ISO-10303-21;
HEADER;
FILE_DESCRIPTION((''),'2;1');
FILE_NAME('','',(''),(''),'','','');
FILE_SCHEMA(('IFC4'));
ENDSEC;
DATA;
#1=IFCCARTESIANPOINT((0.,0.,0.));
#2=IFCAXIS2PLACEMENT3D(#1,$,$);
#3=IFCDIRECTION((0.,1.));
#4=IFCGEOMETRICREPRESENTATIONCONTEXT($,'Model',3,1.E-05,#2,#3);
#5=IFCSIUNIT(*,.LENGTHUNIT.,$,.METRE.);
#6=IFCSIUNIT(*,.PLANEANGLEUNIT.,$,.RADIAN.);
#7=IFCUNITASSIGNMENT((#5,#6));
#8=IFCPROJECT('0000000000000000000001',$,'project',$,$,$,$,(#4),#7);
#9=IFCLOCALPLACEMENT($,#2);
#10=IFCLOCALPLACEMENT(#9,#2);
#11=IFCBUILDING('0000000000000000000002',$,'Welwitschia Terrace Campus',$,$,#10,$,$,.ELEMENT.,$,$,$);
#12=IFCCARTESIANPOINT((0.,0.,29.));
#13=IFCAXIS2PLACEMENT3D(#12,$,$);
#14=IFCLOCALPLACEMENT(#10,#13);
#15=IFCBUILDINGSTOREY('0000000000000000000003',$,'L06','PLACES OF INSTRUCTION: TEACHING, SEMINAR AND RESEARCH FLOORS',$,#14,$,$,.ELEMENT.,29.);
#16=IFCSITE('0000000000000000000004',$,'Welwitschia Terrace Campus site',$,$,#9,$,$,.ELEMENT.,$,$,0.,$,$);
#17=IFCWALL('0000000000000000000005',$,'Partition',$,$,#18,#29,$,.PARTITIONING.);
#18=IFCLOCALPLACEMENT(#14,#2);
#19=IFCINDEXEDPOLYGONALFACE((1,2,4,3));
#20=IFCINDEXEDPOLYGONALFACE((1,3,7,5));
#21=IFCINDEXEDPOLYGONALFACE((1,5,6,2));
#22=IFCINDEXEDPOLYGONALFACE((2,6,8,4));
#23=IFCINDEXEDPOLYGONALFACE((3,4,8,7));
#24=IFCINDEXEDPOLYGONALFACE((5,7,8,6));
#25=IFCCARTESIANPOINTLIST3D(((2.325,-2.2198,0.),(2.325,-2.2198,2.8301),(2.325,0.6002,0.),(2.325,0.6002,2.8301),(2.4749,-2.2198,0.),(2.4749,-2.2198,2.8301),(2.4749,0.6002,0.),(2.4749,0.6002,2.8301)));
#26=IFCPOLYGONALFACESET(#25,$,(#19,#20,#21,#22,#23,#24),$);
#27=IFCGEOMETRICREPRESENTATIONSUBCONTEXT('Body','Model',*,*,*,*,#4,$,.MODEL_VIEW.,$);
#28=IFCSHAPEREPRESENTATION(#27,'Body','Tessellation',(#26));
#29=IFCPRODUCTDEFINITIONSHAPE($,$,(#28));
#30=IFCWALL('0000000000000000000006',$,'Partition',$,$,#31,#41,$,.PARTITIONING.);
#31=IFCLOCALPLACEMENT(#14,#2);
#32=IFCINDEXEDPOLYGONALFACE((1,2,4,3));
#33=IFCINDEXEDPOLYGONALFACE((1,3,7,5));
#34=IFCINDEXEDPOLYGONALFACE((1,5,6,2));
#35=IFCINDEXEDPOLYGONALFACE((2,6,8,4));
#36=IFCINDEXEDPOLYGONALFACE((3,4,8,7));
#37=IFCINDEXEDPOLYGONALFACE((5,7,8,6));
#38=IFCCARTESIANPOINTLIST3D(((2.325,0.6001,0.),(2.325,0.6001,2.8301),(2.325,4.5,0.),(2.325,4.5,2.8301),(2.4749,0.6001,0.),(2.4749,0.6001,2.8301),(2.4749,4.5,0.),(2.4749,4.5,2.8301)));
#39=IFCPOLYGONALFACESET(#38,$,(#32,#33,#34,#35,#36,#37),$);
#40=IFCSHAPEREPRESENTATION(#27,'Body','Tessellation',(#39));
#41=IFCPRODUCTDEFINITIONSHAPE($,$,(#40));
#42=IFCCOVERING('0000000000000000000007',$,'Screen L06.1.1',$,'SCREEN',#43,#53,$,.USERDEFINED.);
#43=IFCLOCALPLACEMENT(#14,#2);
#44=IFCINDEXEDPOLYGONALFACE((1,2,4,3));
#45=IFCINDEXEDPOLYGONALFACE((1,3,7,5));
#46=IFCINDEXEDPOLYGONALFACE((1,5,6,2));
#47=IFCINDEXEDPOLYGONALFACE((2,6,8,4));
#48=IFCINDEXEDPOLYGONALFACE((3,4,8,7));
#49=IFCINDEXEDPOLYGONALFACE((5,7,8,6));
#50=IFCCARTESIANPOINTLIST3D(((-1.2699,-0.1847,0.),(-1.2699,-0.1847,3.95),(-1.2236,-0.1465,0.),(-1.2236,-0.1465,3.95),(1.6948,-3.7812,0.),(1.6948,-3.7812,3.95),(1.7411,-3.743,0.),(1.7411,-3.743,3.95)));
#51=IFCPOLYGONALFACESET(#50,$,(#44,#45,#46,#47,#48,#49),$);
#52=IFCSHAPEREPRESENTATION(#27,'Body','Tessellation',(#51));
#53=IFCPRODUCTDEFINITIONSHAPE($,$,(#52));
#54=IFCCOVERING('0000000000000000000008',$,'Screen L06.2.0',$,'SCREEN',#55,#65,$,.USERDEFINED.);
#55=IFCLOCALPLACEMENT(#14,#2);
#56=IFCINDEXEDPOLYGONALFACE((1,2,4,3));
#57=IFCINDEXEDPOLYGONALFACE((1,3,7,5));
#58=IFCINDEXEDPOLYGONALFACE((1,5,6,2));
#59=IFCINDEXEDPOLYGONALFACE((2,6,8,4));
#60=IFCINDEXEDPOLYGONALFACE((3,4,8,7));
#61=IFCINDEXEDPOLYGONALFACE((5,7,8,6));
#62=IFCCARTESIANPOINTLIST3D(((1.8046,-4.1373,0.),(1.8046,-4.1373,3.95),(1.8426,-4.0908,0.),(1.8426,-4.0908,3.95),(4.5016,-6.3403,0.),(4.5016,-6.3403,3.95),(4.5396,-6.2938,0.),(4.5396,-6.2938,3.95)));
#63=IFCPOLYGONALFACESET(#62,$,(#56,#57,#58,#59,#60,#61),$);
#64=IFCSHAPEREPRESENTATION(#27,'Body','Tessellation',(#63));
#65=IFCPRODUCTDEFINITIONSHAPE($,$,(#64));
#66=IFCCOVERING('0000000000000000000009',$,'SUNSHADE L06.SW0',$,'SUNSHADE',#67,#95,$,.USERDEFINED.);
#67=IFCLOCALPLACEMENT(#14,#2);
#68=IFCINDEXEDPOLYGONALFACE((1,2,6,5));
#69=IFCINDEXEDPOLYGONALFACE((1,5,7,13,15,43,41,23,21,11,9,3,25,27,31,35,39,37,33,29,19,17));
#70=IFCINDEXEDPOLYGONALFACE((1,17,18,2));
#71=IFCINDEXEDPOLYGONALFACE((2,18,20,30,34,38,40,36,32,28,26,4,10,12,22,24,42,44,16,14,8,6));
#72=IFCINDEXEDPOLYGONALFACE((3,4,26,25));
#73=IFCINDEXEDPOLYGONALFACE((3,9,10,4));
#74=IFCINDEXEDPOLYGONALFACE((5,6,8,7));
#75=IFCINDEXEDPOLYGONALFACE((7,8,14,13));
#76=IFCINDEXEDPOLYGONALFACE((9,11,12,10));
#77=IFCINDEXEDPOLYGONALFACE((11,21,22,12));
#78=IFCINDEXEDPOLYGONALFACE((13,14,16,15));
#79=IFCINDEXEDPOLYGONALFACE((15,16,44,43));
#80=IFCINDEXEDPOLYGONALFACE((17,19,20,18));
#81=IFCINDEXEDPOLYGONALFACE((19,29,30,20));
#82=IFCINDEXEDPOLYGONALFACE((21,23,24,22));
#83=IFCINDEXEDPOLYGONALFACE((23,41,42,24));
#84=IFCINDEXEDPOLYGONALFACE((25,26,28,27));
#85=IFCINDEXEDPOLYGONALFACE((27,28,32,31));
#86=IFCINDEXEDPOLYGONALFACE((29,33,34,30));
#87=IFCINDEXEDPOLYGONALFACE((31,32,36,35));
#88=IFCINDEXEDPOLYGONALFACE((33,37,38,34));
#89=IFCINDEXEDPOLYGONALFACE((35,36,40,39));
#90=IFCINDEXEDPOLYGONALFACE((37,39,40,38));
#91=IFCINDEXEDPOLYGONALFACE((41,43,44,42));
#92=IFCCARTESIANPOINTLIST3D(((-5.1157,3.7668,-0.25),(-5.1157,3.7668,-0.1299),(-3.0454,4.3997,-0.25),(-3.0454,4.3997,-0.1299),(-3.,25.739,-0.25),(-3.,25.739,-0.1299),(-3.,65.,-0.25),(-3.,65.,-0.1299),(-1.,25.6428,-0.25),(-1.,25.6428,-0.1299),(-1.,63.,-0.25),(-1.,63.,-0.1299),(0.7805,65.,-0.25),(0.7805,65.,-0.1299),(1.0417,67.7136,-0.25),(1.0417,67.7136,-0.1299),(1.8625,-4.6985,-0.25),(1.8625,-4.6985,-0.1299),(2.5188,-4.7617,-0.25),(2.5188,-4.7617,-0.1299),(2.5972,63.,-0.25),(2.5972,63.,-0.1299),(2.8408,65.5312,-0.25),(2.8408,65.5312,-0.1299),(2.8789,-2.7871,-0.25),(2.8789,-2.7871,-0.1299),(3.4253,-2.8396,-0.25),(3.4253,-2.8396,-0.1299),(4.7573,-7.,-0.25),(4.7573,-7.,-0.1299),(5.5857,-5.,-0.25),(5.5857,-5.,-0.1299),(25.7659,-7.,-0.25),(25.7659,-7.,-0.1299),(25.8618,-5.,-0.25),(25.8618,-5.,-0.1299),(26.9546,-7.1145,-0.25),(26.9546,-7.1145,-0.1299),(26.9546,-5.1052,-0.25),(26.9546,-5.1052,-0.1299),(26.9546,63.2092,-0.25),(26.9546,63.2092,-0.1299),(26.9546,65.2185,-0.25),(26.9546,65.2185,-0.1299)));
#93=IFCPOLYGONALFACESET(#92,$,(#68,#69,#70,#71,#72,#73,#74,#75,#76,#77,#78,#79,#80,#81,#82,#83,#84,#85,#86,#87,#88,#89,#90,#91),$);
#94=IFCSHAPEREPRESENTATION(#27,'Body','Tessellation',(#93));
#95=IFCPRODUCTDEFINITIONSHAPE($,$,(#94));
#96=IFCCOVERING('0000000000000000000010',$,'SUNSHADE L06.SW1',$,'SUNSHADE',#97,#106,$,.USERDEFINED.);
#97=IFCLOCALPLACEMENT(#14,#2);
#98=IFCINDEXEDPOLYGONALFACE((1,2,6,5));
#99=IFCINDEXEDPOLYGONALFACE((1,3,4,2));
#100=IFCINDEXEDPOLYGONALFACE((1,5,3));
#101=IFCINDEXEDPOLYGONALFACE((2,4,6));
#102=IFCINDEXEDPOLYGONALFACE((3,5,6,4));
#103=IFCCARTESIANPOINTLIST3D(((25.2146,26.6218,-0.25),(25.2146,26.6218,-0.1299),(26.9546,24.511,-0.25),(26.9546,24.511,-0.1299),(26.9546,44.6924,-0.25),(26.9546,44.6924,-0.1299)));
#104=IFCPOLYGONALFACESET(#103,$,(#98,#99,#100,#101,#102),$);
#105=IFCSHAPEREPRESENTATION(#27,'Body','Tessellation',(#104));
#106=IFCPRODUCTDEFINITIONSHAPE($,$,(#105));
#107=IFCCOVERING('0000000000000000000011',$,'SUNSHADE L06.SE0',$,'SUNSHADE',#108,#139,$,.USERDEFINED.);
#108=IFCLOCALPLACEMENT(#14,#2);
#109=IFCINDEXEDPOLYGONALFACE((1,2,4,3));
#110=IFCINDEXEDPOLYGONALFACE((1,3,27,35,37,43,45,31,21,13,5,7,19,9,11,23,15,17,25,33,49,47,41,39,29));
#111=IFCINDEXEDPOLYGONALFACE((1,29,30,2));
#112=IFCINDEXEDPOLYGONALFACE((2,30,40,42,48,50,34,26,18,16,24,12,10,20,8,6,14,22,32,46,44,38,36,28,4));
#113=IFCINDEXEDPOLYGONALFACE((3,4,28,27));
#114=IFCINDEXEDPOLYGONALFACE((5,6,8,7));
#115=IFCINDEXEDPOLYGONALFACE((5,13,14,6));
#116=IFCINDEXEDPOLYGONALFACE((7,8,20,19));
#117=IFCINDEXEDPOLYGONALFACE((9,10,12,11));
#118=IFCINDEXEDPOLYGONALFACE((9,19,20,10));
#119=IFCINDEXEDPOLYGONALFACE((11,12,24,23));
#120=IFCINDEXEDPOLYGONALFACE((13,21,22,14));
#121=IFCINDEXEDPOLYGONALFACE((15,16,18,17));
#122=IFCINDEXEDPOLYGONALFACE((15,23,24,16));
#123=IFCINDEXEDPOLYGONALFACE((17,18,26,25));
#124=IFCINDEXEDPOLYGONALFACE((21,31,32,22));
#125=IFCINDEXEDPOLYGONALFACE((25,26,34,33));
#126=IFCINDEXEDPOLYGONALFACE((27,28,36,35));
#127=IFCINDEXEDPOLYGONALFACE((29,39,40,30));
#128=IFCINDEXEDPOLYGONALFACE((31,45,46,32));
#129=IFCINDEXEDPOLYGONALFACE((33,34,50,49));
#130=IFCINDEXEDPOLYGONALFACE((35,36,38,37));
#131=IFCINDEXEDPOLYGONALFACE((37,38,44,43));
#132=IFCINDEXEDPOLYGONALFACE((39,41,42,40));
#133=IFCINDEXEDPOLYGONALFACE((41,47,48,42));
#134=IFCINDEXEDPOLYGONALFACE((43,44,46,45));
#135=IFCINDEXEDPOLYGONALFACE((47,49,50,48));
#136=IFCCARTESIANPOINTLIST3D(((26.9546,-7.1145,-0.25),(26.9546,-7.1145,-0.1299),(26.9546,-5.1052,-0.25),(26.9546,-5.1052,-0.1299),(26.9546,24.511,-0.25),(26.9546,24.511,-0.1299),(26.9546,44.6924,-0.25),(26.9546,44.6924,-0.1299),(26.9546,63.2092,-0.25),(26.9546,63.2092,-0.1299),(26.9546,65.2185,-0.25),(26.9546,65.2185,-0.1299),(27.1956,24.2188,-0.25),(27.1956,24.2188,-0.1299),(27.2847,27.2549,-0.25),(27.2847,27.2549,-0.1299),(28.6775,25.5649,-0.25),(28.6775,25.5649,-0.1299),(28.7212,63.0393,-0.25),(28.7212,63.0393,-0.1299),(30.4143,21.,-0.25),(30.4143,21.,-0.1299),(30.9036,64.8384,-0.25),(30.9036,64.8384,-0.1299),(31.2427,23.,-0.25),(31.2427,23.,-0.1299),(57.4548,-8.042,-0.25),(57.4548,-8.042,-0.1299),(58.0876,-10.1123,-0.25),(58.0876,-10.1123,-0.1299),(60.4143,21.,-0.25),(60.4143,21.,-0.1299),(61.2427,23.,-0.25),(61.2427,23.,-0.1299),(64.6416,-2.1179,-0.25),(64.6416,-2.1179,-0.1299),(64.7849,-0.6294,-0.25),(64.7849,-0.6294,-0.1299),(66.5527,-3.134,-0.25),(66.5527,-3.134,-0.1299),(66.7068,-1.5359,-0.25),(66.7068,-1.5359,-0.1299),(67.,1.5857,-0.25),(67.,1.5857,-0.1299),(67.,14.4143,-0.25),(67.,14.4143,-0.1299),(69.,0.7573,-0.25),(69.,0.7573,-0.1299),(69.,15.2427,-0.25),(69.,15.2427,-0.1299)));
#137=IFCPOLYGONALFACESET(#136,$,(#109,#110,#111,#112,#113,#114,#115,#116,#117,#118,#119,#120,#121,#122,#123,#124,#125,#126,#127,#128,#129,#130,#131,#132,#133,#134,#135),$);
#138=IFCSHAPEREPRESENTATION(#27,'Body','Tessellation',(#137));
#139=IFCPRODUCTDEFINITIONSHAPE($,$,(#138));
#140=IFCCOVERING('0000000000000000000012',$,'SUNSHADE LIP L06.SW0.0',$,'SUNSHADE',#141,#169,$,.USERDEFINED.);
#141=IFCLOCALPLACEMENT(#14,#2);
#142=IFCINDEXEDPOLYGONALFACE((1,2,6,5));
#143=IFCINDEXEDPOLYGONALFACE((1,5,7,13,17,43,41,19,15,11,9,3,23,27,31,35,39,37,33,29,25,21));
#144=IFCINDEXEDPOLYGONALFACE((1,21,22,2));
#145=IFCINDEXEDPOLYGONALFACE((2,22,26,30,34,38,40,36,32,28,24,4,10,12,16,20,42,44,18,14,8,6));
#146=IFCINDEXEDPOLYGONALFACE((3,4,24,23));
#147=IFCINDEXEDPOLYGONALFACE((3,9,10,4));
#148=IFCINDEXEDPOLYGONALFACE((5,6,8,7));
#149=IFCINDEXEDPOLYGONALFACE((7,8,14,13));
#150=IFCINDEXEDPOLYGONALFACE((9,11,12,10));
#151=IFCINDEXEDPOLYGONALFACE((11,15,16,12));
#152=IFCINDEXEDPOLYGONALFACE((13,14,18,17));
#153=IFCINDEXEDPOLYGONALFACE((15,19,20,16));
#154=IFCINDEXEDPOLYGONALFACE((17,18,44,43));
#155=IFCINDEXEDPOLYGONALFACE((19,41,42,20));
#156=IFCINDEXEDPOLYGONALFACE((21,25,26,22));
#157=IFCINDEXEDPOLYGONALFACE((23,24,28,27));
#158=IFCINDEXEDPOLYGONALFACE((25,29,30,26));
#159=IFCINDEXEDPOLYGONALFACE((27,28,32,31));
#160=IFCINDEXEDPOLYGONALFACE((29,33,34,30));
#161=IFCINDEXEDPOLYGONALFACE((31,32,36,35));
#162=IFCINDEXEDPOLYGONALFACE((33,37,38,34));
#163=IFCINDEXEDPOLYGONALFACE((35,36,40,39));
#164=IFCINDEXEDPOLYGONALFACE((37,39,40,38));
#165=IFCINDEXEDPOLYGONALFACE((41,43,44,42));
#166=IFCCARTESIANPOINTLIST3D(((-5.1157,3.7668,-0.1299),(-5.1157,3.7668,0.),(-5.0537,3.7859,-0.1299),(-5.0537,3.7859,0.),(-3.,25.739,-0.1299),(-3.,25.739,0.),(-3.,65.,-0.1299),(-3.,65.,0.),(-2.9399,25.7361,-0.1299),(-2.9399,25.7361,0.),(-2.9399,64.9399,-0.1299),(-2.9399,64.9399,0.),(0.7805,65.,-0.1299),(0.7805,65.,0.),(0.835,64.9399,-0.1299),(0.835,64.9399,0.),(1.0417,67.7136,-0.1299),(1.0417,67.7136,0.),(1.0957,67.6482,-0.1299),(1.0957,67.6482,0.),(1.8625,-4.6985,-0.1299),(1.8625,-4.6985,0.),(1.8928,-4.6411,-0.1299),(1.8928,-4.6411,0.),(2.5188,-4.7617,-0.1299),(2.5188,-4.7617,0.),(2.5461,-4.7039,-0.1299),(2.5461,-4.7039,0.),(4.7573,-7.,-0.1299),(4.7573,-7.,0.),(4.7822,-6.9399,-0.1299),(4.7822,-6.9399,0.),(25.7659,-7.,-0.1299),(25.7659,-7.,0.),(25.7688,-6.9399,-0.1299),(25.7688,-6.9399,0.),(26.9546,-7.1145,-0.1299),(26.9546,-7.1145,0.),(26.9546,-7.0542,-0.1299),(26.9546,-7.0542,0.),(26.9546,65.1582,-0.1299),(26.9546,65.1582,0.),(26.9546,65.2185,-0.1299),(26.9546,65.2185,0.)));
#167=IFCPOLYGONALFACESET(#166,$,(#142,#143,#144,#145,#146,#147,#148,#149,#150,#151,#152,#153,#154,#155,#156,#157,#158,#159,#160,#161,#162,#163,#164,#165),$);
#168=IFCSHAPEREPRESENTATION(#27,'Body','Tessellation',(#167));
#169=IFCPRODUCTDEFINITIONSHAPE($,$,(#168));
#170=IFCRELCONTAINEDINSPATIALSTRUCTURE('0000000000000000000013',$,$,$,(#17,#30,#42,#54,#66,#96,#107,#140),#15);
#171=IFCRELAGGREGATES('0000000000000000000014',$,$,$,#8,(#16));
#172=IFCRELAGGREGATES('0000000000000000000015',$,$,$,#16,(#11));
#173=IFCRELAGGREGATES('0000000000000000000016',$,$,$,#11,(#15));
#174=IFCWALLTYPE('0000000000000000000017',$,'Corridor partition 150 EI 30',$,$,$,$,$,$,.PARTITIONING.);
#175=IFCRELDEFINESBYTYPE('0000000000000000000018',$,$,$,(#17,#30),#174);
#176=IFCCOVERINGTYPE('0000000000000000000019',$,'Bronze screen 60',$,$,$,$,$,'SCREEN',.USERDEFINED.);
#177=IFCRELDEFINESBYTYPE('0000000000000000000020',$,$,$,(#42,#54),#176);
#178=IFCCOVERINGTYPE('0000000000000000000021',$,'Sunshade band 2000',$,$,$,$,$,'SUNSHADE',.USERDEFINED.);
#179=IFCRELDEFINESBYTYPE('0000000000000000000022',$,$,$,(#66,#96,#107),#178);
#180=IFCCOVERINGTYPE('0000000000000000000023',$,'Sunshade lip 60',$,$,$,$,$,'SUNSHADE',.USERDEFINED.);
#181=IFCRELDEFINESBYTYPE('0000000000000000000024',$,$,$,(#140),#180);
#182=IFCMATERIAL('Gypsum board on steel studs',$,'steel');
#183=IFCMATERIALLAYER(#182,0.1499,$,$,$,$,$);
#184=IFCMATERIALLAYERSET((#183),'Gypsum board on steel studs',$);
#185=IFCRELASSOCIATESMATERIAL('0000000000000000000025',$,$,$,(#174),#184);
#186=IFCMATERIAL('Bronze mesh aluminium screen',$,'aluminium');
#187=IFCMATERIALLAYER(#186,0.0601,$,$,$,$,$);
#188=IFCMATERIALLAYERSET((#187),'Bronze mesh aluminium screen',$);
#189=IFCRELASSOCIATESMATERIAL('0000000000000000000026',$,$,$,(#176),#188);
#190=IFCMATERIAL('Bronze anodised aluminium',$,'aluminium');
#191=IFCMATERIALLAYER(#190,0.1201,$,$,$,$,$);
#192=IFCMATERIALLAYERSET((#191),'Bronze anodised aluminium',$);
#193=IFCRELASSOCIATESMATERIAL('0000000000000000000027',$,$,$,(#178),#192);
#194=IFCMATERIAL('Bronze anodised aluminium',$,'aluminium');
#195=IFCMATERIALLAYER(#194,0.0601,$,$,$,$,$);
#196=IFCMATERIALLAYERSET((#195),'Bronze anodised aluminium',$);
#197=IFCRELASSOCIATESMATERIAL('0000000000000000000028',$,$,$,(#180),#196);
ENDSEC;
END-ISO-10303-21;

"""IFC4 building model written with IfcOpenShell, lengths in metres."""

from ifc_helpers import new_model, si_unit, direction, frame, frame_2d, origin, origin_2d, place, context, subcontext, project, spatial, polyline, rectangle, outline, extrude, material, layer, layer_set, type_object, element, save


model = new_model("IFC4")

# Units and contexts
model_context = context("Model", 3, precision=1e-05, world=origin(), true_north=direction((0.0, 1.0)))
body_context = subcontext(model_context, "Body", "Model", "MODEL_VIEW")
ifc_project = project(units=[si_unit("LENGTHUNIT", "METRE"), si_unit("PLANEANGLEUNIT", "RADIAN")], contexts=[model_context])

# Site, building, storey
site_placement = place(None, origin())
site = spatial("IfcSite", under=ifc_project, at=site_placement, Name="Welwitschia Terrace Campus site", CompositionType="ELEMENT", RefElevation=0.0)
building_placement = place(site_placement, origin())
building = spatial("IfcBuilding", under=site, at=building_placement, Name="Welwitschia Terrace Campus", CompositionType="ELEMENT")
storey_placement = place(building_placement, frame((0.0, 0.0, 29.0)))
storey = spatial("IfcBuildingStorey", under=building, at=storey_placement, Name="L06", Description="PLACES OF INSTRUCTION: TEACHING, SEMINAR AND RESEARCH FLOORS", CompositionType="ELEMENT", Elevation=29.0)

# Walls
ifc_material_1 = material(Name="Gypsum board on steel studs", Category="steel")
ifc_layer_1 = layer(ifc_material_1, 0.1499)
ifc_layer_set_1 = layer_set([ifc_layer_1], Name="Gypsum board on steel studs")
wall_type = type_object("IfcWallType", Name="Corridor partition 150 EI 30", PredefinedType="PARTITIONING", material=ifc_layer_set_1)
wall_1_placement = place(storey_placement, frame((2.3999, -2.22, 0.0), z_axis=(0.0, 0.0, 1.0), x_axis=(0.0, 1.0, 0.0)))
element("IfcWall", 1, at=wall_1_placement, inside=storey, type_object=wall_type, Name="Partition", PredefinedType="PARTITIONING", context=body_context, shape_type="SweptSolid", body=[
    extrude(rectangle(XDim=2.8201, YDim=0.1499, at=frame_2d((1.4102, 0.0))), origin(), (0.0, 0.0, 1.0), 2.8301),
])
wall_2_placement = place(storey_placement, frame((2.3999, 0.6001, 0.0), z_axis=(0.0, 0.0, 1.0), x_axis=(0.0, 1.0, 0.0)))
element("IfcWall", 2, at=wall_2_placement, inside=storey, type_object=wall_type, Name="Partition", PredefinedType="PARTITIONING", context=body_context, shape_type="SweptSolid", body=[
    extrude(rectangle(XDim=3.8999, YDim=0.1499, at=frame_2d((1.95, 0.0))), origin(), (0.0, 0.0, 1.0), 2.8301),
])

# Coverings
ifc_material_2 = material(Name="Bronze mesh aluminium screen", Category="aluminium")
ifc_layer_2 = layer(ifc_material_2, 0.0601)
ifc_layer_set_2 = layer_set([ifc_layer_2], Name="Bronze mesh aluminium screen")
covering_type_1 = type_object("IfcCoveringType", Name="Bronze screen 60", ElementType="SCREEN", PredefinedType="USERDEFINED", material=ifc_layer_set_2)
covering_1_placement = place(storey_placement, frame((0.2356, -1.9639, 0.0), z_axis=(0.0, 0.0, 1.0), x_axis=(0.636078, -0.771625, 0.0)))
element("IfcCovering", 3, at=covering_1_placement, inside=storey, type_object=covering_type_1, Name="Screen L06.1.1", ObjectType="SCREEN", PredefinedType="USERDEFINED", context=body_context, shape_type="SweptSolid", body=[
    extrude(rectangle(XDim=4.6609, YDim=0.0601, at=origin_2d()), origin(), (0.0, 0.0, 1.0), 3.95),
])
covering_2_placement = place(storey_placement, frame((3.1721, -5.2156, 0.0), z_axis=(0.0, 0.0, 1.0), x_axis=(0.774476, -0.632603, 0.0)))
element("IfcCovering", 4, at=covering_2_placement, inside=storey, type_object=covering_type_1, Name="Screen L06.2.0", ObjectType="SCREEN", PredefinedType="USERDEFINED", context=body_context, shape_type="SweptSolid", body=[
    extrude(rectangle(XDim=3.4824, YDim=0.0601, at=origin_2d()), origin(), (0.0, 0.0, 1.0), 3.95),
])
ifc_material_3 = material(Name="Bronze anodised aluminium", Category="aluminium")
ifc_layer_3 = layer(ifc_material_3, 0.1201)
ifc_layer_set_3 = layer_set([ifc_layer_3], Name="Bronze anodised aluminium")
covering_type_2 = type_object("IfcCoveringType", Name="Sunshade band 2000", ElementType="SUNSHADE", PredefinedType="USERDEFINED", material=ifc_layer_set_3)
covering_3_placement = place(storey_placement, frame((0.0, 0.0, -0.25)))
element("IfcCovering", 5, at=covering_3_placement, inside=storey, type_object=covering_type_2, Name="SUNSHADE L06.SW0", ObjectType="SUNSHADE", PredefinedType="USERDEFINED", context=body_context, shape_type="SweptSolid", body=[
    extrude(outline(polyline([(0.7805, 65.0), (1.0417, 67.7136), (26.9546, 65.2185), (26.9546, 63.2092), (2.8408, 65.5312), (2.5972, 63.0), (-1.0, 63.0), (-1.0, 25.6428), (-3.0454, 4.3997), (2.8789, -2.7871), (3.4253, -2.8396), (5.5857, -5.0), (25.8618, -5.0), (26.9546, -5.1052), (26.9546, -7.1145), (25.7659, -7.0), (4.7573, -7.0), (2.5188, -4.7617), (1.8625, -4.6985), (-5.1157, 3.7668), (-3.0, 25.739), (-3.0, 65.0), (0.7805, 65.0)])), origin(), (0.0, 0.0, 1.0), 0.1201),
])
covering_4_placement = place(storey_placement, frame((0.0, 0.0, -0.25)))
element("IfcCovering", 6, at=covering_4_placement, inside=storey, type_object=covering_type_2, Name="SUNSHADE L06.SW1", ObjectType="SUNSHADE", PredefinedType="USERDEFINED", context=body_context, shape_type="SweptSolid", body=[
    extrude(outline(polyline([(25.2146, 26.6218), (26.9546, 44.6924), (26.9546, 24.511), (25.2146, 26.6218)])), origin(), (0.0, 0.0, 1.0), 0.1201),
])
covering_5_placement = place(storey_placement, frame((0.0, 0.0, -0.25)))
element("IfcCovering", 7, at=covering_5_placement, inside=storey, type_object=covering_type_2, Name="SUNSHADE L06.SE0", ObjectType="SUNSHADE", PredefinedType="USERDEFINED", context=body_context, shape_type="SweptSolid", body=[
    extrude(outline(polyline([(30.9036, 64.8384), (27.2847, 27.2549), (28.6775, 25.5649), (31.2427, 23.0), (61.2427, 23.0), (69.0, 15.2427), (69.0, 0.7573), (66.7068, -1.5359), (66.5527, -3.134), (58.0876, -10.1123), (26.9546, -7.1145), (26.9546, -5.1052), (57.4548, -8.042), (64.6416, -2.1179), (64.7849, -0.6294), (67.0, 1.5857), (67.0, 14.4143), (60.4143, 21.0), (30.4143, 21.0), (27.1956, 24.2188), (26.9546, 24.511), (26.9546, 44.6924), (28.7212, 63.0393), (26.9546, 63.2092), (26.9546, 65.2185), (30.9036, 64.8384)])), origin(), (0.0, 0.0, 1.0), 0.1201),
])
ifc_material_4 = material(Name="Bronze anodised aluminium", Category="aluminium")
ifc_layer_4 = layer(ifc_material_4, 0.0601)
ifc_layer_set_4 = layer_set([ifc_layer_4], Name="Bronze anodised aluminium")
covering_type_3 = type_object("IfcCoveringType", Name="Sunshade lip 60", ElementType="SUNSHADE", PredefinedType="USERDEFINED", material=ifc_layer_set_4)
covering_6_placement = place(storey_placement, frame((0.0, 0.0, -0.1299)))
element("IfcCovering", 8, at=covering_6_placement, inside=storey, type_object=covering_type_3, Name="SUNSHADE LIP L06.SW0.0", ObjectType="SUNSHADE", PredefinedType="USERDEFINED", context=body_context, shape_type="SweptSolid", body=[
    extrude(outline(polyline([(1.0417, 67.7136), (26.9546, 65.2185), (26.9546, 65.1582), (1.0957, 67.6482), (0.835, 64.9399), (-2.9399, 64.9399), (-2.9399, 25.7361), (-5.0537, 3.7859), (1.8928, -4.6411), (2.5461, -4.7039), (4.7822, -6.9399), (25.7688, -6.9399), (26.9546, -7.0542), (26.9546, -7.1145), (25.7659, -7.0), (4.7573, -7.0), (2.5188, -4.7617), (1.8625, -4.6985), (-5.1157, 3.7668), (-3.0, 25.739), (-3.0, 65.0), (0.7805, 65.0), (1.0417, 67.7136)])), origin(), (0.0, 0.0, 1.0), 0.1299),
])

save(model, "model.ifc")
